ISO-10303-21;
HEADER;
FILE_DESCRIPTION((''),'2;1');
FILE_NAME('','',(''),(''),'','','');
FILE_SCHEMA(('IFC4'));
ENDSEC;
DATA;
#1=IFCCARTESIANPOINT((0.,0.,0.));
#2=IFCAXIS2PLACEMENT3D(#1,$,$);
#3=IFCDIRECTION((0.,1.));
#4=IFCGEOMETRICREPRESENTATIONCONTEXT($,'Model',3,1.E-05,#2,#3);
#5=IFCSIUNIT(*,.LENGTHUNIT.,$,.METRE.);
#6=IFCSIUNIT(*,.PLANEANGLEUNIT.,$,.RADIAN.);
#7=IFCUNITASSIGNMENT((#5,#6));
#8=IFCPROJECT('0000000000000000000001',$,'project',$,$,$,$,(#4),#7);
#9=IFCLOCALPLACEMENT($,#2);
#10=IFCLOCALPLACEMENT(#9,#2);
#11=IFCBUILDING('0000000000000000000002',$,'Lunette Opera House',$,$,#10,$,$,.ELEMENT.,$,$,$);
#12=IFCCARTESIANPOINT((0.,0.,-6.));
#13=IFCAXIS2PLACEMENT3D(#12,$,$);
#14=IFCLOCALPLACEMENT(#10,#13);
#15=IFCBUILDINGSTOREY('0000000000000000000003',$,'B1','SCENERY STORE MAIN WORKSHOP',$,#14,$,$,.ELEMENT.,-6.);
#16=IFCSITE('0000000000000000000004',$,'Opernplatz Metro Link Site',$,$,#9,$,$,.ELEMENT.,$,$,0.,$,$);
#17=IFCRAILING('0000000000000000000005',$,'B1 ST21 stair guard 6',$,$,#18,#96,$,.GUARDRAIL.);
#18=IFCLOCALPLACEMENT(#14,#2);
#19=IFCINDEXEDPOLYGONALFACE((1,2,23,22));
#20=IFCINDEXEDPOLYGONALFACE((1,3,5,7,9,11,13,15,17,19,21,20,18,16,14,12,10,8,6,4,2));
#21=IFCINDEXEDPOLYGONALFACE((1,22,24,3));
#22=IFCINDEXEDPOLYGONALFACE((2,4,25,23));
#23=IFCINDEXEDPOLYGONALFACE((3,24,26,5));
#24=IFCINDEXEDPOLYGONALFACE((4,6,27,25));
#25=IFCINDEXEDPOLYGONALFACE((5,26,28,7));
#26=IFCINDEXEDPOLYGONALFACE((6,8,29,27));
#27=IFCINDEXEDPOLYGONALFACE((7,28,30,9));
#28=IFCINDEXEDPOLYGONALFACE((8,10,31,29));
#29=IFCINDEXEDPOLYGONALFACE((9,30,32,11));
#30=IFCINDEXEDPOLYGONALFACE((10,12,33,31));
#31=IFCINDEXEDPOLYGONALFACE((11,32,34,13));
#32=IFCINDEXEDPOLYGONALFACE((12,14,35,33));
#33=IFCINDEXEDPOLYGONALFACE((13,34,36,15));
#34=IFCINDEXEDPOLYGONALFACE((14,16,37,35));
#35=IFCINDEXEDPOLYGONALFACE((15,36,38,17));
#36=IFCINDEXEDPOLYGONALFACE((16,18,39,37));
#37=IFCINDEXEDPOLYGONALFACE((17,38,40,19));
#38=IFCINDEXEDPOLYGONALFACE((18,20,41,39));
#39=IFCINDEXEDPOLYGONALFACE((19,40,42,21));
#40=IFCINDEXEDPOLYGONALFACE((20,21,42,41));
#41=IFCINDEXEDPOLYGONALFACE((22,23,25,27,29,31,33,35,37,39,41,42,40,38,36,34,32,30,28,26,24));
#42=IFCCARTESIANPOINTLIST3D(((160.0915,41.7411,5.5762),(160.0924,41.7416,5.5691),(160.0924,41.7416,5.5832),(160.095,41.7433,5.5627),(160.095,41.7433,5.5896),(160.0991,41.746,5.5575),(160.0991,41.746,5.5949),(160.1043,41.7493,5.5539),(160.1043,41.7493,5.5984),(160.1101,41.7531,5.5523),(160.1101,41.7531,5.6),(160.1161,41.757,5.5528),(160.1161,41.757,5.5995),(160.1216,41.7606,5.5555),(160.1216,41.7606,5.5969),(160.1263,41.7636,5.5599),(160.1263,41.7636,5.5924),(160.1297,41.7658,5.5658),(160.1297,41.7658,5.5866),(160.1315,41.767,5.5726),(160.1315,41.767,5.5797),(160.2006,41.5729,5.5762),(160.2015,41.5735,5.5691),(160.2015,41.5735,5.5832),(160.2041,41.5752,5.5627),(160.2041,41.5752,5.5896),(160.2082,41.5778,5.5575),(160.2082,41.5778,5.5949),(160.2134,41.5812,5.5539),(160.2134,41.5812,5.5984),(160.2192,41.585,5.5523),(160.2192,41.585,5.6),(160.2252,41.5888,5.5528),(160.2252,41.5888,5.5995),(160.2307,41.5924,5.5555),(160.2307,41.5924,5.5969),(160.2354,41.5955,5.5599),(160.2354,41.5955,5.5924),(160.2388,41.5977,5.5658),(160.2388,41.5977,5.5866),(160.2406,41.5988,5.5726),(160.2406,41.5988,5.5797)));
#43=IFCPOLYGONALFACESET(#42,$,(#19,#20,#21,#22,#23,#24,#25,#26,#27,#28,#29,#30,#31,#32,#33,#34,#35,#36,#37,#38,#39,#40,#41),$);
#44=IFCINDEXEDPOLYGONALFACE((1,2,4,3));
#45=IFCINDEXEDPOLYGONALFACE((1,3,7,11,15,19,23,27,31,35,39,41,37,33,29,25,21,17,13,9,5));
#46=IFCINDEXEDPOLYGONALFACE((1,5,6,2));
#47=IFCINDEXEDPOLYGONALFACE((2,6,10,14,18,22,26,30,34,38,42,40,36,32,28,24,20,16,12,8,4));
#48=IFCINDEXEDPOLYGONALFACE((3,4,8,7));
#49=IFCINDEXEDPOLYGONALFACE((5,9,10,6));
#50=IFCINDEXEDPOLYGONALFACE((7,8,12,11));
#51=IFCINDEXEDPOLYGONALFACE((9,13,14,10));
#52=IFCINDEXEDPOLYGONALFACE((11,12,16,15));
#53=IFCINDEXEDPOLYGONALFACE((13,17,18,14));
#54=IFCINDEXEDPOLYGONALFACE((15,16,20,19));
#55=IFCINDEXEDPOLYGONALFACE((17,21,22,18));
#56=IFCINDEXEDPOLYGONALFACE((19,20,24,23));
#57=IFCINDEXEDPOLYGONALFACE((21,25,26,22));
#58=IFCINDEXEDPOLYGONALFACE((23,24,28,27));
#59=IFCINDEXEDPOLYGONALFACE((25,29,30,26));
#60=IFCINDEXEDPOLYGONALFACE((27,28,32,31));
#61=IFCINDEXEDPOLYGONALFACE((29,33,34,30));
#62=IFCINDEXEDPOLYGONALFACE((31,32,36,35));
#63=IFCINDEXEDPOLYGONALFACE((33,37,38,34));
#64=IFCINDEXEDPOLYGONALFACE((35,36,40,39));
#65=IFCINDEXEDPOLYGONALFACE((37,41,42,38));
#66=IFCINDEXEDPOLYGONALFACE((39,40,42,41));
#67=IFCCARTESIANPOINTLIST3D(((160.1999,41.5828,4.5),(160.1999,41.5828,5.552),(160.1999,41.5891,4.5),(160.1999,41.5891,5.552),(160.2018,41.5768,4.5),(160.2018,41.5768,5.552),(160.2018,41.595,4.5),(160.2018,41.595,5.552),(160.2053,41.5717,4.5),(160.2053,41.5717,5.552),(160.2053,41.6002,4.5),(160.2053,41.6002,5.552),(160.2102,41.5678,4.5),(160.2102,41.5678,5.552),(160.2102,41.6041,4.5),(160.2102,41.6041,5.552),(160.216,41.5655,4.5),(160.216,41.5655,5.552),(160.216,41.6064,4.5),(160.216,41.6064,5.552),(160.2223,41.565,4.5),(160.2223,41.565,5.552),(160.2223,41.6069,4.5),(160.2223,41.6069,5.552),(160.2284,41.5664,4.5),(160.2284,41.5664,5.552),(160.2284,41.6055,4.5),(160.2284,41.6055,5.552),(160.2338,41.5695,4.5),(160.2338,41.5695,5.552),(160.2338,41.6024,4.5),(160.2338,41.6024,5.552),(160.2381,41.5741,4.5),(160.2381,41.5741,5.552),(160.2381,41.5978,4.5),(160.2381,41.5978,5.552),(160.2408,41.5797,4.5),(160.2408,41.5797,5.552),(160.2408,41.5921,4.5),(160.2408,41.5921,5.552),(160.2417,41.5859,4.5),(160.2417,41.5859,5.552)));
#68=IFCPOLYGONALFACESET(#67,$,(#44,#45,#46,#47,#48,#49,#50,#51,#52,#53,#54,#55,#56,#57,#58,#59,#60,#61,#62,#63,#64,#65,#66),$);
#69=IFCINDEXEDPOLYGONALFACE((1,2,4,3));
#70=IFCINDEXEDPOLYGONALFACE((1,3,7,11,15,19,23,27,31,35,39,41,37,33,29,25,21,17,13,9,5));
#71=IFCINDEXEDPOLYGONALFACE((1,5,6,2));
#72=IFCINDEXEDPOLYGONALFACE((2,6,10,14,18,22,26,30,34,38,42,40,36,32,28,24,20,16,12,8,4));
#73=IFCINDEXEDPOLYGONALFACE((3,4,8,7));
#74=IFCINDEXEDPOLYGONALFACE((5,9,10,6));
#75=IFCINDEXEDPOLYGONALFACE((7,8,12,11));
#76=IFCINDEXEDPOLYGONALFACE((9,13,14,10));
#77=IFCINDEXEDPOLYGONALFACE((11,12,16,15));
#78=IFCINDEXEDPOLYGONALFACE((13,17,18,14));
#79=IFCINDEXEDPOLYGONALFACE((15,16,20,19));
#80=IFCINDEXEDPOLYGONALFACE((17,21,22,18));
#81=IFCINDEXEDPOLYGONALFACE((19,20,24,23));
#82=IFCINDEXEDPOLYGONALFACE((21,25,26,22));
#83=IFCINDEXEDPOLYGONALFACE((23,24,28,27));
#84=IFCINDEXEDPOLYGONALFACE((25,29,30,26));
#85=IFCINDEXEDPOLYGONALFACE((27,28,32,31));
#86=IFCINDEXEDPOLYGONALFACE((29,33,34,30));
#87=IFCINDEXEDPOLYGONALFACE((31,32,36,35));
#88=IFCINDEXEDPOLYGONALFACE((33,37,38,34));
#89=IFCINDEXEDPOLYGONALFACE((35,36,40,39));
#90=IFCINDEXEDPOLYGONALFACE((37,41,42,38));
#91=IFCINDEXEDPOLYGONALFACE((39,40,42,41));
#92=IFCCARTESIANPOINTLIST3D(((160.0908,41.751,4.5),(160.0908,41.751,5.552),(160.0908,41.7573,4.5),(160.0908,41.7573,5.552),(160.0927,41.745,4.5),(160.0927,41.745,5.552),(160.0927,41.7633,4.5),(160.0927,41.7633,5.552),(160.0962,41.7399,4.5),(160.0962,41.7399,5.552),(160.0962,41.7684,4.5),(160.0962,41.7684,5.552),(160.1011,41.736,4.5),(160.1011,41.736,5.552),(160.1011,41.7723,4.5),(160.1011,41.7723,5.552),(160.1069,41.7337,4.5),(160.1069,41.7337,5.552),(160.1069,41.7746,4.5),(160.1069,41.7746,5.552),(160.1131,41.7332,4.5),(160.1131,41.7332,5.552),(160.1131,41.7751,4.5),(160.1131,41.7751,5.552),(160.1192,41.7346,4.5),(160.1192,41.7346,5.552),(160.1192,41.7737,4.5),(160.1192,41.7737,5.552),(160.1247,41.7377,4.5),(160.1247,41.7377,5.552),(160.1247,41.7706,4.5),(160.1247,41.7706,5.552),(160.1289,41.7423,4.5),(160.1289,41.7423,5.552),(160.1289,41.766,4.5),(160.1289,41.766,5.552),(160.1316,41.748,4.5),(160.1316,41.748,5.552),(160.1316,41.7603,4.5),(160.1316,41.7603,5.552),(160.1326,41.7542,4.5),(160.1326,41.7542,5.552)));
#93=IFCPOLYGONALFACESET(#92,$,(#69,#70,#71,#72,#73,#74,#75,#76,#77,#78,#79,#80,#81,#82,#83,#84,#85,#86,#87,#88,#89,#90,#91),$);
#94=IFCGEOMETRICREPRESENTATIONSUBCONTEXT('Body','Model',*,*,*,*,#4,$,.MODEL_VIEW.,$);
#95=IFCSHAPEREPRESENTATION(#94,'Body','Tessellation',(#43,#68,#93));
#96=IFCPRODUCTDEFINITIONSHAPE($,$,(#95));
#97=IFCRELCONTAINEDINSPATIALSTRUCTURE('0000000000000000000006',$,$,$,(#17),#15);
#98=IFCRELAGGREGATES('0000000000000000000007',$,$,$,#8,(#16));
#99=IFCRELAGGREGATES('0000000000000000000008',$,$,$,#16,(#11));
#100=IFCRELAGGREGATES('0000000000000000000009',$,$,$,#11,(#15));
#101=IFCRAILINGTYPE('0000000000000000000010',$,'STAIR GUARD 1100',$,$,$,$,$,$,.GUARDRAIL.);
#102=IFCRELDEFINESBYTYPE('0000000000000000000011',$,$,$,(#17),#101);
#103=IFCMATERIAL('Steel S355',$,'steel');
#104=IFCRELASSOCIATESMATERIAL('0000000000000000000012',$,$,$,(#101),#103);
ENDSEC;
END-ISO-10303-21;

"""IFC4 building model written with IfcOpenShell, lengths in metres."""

from ifc_helpers import new_model, si_unit, direction, frame, origin, origin_2d, place, context, subcontext, project, spatial, circle, extrude, material, type_object, element, save


model = new_model("IFC4")

# Units and contexts
model_context = context("Model", 3, precision=1e-05, world=origin(), true_north=direction((0.0, 1.0)))
body_context = subcontext(model_context, "Body", "Model", "MODEL_VIEW")
ifc_project = project(units=[si_unit("LENGTHUNIT", "METRE"), si_unit("PLANEANGLEUNIT", "RADIAN")], contexts=[model_context])

# Site, building, storey
site_placement = place(None, origin())
site = spatial("IfcSite", under=ifc_project, at=site_placement, Name="Opernplatz Metro Link Site", CompositionType="ELEMENT", RefElevation=0.0)
building_placement = place(site_placement, origin())
building = spatial("IfcBuilding", under=site, at=building_placement, Name="Lunette Opera House", CompositionType="ELEMENT")
storey_placement = place(building_placement, frame((0.0, 0.0, -6.0)))
storey = spatial("IfcBuildingStorey", under=building, at=storey_placement, Name="B1", Description="SCENERY STORE MAIN WORKSHOP", CompositionType="ELEMENT", Elevation=-6.0)

# Railing
ifc_material_1 = material(Name="Steel S355", Category="steel")
railing_type_1 = type_object("IfcRailingType", Name="STAIR GUARD 1100", PredefinedType="GUARDRAIL", material=ifc_material_1)
railing_1_placement = place(storey_placement, frame((160.2207, 41.5859, 4.5)))
element("IfcRailing", 1, at=railing_1_placement, inside=storey, type_object=railing_type_1, Name="B1 ST21 stair guard 6", PredefinedType="GUARDRAIL", context=body_context, shape_type="SweptSolid", body=[
    extrude(circle(Radius=0.0239, at=origin_2d()), frame((0.0, 0.0, 1.0762), z_axis=(-0.544261, 0.838916, 0.0), x_axis=(-0.838916, -0.544261, 0.0)), (0.0, 0.0, 1.0), 0.2004),
    extrude(circle(Radius=0.021, at=origin_2d()), origin(), (0.0, 0.0, 1.0), 1.052),
    extrude(circle(Radius=0.021, at=origin_2d()), frame((-0.1091, 0.1682, 0.0)), (0.0, 0.0, 1.0), 1.052),
])

save(model, "model.ifc")
